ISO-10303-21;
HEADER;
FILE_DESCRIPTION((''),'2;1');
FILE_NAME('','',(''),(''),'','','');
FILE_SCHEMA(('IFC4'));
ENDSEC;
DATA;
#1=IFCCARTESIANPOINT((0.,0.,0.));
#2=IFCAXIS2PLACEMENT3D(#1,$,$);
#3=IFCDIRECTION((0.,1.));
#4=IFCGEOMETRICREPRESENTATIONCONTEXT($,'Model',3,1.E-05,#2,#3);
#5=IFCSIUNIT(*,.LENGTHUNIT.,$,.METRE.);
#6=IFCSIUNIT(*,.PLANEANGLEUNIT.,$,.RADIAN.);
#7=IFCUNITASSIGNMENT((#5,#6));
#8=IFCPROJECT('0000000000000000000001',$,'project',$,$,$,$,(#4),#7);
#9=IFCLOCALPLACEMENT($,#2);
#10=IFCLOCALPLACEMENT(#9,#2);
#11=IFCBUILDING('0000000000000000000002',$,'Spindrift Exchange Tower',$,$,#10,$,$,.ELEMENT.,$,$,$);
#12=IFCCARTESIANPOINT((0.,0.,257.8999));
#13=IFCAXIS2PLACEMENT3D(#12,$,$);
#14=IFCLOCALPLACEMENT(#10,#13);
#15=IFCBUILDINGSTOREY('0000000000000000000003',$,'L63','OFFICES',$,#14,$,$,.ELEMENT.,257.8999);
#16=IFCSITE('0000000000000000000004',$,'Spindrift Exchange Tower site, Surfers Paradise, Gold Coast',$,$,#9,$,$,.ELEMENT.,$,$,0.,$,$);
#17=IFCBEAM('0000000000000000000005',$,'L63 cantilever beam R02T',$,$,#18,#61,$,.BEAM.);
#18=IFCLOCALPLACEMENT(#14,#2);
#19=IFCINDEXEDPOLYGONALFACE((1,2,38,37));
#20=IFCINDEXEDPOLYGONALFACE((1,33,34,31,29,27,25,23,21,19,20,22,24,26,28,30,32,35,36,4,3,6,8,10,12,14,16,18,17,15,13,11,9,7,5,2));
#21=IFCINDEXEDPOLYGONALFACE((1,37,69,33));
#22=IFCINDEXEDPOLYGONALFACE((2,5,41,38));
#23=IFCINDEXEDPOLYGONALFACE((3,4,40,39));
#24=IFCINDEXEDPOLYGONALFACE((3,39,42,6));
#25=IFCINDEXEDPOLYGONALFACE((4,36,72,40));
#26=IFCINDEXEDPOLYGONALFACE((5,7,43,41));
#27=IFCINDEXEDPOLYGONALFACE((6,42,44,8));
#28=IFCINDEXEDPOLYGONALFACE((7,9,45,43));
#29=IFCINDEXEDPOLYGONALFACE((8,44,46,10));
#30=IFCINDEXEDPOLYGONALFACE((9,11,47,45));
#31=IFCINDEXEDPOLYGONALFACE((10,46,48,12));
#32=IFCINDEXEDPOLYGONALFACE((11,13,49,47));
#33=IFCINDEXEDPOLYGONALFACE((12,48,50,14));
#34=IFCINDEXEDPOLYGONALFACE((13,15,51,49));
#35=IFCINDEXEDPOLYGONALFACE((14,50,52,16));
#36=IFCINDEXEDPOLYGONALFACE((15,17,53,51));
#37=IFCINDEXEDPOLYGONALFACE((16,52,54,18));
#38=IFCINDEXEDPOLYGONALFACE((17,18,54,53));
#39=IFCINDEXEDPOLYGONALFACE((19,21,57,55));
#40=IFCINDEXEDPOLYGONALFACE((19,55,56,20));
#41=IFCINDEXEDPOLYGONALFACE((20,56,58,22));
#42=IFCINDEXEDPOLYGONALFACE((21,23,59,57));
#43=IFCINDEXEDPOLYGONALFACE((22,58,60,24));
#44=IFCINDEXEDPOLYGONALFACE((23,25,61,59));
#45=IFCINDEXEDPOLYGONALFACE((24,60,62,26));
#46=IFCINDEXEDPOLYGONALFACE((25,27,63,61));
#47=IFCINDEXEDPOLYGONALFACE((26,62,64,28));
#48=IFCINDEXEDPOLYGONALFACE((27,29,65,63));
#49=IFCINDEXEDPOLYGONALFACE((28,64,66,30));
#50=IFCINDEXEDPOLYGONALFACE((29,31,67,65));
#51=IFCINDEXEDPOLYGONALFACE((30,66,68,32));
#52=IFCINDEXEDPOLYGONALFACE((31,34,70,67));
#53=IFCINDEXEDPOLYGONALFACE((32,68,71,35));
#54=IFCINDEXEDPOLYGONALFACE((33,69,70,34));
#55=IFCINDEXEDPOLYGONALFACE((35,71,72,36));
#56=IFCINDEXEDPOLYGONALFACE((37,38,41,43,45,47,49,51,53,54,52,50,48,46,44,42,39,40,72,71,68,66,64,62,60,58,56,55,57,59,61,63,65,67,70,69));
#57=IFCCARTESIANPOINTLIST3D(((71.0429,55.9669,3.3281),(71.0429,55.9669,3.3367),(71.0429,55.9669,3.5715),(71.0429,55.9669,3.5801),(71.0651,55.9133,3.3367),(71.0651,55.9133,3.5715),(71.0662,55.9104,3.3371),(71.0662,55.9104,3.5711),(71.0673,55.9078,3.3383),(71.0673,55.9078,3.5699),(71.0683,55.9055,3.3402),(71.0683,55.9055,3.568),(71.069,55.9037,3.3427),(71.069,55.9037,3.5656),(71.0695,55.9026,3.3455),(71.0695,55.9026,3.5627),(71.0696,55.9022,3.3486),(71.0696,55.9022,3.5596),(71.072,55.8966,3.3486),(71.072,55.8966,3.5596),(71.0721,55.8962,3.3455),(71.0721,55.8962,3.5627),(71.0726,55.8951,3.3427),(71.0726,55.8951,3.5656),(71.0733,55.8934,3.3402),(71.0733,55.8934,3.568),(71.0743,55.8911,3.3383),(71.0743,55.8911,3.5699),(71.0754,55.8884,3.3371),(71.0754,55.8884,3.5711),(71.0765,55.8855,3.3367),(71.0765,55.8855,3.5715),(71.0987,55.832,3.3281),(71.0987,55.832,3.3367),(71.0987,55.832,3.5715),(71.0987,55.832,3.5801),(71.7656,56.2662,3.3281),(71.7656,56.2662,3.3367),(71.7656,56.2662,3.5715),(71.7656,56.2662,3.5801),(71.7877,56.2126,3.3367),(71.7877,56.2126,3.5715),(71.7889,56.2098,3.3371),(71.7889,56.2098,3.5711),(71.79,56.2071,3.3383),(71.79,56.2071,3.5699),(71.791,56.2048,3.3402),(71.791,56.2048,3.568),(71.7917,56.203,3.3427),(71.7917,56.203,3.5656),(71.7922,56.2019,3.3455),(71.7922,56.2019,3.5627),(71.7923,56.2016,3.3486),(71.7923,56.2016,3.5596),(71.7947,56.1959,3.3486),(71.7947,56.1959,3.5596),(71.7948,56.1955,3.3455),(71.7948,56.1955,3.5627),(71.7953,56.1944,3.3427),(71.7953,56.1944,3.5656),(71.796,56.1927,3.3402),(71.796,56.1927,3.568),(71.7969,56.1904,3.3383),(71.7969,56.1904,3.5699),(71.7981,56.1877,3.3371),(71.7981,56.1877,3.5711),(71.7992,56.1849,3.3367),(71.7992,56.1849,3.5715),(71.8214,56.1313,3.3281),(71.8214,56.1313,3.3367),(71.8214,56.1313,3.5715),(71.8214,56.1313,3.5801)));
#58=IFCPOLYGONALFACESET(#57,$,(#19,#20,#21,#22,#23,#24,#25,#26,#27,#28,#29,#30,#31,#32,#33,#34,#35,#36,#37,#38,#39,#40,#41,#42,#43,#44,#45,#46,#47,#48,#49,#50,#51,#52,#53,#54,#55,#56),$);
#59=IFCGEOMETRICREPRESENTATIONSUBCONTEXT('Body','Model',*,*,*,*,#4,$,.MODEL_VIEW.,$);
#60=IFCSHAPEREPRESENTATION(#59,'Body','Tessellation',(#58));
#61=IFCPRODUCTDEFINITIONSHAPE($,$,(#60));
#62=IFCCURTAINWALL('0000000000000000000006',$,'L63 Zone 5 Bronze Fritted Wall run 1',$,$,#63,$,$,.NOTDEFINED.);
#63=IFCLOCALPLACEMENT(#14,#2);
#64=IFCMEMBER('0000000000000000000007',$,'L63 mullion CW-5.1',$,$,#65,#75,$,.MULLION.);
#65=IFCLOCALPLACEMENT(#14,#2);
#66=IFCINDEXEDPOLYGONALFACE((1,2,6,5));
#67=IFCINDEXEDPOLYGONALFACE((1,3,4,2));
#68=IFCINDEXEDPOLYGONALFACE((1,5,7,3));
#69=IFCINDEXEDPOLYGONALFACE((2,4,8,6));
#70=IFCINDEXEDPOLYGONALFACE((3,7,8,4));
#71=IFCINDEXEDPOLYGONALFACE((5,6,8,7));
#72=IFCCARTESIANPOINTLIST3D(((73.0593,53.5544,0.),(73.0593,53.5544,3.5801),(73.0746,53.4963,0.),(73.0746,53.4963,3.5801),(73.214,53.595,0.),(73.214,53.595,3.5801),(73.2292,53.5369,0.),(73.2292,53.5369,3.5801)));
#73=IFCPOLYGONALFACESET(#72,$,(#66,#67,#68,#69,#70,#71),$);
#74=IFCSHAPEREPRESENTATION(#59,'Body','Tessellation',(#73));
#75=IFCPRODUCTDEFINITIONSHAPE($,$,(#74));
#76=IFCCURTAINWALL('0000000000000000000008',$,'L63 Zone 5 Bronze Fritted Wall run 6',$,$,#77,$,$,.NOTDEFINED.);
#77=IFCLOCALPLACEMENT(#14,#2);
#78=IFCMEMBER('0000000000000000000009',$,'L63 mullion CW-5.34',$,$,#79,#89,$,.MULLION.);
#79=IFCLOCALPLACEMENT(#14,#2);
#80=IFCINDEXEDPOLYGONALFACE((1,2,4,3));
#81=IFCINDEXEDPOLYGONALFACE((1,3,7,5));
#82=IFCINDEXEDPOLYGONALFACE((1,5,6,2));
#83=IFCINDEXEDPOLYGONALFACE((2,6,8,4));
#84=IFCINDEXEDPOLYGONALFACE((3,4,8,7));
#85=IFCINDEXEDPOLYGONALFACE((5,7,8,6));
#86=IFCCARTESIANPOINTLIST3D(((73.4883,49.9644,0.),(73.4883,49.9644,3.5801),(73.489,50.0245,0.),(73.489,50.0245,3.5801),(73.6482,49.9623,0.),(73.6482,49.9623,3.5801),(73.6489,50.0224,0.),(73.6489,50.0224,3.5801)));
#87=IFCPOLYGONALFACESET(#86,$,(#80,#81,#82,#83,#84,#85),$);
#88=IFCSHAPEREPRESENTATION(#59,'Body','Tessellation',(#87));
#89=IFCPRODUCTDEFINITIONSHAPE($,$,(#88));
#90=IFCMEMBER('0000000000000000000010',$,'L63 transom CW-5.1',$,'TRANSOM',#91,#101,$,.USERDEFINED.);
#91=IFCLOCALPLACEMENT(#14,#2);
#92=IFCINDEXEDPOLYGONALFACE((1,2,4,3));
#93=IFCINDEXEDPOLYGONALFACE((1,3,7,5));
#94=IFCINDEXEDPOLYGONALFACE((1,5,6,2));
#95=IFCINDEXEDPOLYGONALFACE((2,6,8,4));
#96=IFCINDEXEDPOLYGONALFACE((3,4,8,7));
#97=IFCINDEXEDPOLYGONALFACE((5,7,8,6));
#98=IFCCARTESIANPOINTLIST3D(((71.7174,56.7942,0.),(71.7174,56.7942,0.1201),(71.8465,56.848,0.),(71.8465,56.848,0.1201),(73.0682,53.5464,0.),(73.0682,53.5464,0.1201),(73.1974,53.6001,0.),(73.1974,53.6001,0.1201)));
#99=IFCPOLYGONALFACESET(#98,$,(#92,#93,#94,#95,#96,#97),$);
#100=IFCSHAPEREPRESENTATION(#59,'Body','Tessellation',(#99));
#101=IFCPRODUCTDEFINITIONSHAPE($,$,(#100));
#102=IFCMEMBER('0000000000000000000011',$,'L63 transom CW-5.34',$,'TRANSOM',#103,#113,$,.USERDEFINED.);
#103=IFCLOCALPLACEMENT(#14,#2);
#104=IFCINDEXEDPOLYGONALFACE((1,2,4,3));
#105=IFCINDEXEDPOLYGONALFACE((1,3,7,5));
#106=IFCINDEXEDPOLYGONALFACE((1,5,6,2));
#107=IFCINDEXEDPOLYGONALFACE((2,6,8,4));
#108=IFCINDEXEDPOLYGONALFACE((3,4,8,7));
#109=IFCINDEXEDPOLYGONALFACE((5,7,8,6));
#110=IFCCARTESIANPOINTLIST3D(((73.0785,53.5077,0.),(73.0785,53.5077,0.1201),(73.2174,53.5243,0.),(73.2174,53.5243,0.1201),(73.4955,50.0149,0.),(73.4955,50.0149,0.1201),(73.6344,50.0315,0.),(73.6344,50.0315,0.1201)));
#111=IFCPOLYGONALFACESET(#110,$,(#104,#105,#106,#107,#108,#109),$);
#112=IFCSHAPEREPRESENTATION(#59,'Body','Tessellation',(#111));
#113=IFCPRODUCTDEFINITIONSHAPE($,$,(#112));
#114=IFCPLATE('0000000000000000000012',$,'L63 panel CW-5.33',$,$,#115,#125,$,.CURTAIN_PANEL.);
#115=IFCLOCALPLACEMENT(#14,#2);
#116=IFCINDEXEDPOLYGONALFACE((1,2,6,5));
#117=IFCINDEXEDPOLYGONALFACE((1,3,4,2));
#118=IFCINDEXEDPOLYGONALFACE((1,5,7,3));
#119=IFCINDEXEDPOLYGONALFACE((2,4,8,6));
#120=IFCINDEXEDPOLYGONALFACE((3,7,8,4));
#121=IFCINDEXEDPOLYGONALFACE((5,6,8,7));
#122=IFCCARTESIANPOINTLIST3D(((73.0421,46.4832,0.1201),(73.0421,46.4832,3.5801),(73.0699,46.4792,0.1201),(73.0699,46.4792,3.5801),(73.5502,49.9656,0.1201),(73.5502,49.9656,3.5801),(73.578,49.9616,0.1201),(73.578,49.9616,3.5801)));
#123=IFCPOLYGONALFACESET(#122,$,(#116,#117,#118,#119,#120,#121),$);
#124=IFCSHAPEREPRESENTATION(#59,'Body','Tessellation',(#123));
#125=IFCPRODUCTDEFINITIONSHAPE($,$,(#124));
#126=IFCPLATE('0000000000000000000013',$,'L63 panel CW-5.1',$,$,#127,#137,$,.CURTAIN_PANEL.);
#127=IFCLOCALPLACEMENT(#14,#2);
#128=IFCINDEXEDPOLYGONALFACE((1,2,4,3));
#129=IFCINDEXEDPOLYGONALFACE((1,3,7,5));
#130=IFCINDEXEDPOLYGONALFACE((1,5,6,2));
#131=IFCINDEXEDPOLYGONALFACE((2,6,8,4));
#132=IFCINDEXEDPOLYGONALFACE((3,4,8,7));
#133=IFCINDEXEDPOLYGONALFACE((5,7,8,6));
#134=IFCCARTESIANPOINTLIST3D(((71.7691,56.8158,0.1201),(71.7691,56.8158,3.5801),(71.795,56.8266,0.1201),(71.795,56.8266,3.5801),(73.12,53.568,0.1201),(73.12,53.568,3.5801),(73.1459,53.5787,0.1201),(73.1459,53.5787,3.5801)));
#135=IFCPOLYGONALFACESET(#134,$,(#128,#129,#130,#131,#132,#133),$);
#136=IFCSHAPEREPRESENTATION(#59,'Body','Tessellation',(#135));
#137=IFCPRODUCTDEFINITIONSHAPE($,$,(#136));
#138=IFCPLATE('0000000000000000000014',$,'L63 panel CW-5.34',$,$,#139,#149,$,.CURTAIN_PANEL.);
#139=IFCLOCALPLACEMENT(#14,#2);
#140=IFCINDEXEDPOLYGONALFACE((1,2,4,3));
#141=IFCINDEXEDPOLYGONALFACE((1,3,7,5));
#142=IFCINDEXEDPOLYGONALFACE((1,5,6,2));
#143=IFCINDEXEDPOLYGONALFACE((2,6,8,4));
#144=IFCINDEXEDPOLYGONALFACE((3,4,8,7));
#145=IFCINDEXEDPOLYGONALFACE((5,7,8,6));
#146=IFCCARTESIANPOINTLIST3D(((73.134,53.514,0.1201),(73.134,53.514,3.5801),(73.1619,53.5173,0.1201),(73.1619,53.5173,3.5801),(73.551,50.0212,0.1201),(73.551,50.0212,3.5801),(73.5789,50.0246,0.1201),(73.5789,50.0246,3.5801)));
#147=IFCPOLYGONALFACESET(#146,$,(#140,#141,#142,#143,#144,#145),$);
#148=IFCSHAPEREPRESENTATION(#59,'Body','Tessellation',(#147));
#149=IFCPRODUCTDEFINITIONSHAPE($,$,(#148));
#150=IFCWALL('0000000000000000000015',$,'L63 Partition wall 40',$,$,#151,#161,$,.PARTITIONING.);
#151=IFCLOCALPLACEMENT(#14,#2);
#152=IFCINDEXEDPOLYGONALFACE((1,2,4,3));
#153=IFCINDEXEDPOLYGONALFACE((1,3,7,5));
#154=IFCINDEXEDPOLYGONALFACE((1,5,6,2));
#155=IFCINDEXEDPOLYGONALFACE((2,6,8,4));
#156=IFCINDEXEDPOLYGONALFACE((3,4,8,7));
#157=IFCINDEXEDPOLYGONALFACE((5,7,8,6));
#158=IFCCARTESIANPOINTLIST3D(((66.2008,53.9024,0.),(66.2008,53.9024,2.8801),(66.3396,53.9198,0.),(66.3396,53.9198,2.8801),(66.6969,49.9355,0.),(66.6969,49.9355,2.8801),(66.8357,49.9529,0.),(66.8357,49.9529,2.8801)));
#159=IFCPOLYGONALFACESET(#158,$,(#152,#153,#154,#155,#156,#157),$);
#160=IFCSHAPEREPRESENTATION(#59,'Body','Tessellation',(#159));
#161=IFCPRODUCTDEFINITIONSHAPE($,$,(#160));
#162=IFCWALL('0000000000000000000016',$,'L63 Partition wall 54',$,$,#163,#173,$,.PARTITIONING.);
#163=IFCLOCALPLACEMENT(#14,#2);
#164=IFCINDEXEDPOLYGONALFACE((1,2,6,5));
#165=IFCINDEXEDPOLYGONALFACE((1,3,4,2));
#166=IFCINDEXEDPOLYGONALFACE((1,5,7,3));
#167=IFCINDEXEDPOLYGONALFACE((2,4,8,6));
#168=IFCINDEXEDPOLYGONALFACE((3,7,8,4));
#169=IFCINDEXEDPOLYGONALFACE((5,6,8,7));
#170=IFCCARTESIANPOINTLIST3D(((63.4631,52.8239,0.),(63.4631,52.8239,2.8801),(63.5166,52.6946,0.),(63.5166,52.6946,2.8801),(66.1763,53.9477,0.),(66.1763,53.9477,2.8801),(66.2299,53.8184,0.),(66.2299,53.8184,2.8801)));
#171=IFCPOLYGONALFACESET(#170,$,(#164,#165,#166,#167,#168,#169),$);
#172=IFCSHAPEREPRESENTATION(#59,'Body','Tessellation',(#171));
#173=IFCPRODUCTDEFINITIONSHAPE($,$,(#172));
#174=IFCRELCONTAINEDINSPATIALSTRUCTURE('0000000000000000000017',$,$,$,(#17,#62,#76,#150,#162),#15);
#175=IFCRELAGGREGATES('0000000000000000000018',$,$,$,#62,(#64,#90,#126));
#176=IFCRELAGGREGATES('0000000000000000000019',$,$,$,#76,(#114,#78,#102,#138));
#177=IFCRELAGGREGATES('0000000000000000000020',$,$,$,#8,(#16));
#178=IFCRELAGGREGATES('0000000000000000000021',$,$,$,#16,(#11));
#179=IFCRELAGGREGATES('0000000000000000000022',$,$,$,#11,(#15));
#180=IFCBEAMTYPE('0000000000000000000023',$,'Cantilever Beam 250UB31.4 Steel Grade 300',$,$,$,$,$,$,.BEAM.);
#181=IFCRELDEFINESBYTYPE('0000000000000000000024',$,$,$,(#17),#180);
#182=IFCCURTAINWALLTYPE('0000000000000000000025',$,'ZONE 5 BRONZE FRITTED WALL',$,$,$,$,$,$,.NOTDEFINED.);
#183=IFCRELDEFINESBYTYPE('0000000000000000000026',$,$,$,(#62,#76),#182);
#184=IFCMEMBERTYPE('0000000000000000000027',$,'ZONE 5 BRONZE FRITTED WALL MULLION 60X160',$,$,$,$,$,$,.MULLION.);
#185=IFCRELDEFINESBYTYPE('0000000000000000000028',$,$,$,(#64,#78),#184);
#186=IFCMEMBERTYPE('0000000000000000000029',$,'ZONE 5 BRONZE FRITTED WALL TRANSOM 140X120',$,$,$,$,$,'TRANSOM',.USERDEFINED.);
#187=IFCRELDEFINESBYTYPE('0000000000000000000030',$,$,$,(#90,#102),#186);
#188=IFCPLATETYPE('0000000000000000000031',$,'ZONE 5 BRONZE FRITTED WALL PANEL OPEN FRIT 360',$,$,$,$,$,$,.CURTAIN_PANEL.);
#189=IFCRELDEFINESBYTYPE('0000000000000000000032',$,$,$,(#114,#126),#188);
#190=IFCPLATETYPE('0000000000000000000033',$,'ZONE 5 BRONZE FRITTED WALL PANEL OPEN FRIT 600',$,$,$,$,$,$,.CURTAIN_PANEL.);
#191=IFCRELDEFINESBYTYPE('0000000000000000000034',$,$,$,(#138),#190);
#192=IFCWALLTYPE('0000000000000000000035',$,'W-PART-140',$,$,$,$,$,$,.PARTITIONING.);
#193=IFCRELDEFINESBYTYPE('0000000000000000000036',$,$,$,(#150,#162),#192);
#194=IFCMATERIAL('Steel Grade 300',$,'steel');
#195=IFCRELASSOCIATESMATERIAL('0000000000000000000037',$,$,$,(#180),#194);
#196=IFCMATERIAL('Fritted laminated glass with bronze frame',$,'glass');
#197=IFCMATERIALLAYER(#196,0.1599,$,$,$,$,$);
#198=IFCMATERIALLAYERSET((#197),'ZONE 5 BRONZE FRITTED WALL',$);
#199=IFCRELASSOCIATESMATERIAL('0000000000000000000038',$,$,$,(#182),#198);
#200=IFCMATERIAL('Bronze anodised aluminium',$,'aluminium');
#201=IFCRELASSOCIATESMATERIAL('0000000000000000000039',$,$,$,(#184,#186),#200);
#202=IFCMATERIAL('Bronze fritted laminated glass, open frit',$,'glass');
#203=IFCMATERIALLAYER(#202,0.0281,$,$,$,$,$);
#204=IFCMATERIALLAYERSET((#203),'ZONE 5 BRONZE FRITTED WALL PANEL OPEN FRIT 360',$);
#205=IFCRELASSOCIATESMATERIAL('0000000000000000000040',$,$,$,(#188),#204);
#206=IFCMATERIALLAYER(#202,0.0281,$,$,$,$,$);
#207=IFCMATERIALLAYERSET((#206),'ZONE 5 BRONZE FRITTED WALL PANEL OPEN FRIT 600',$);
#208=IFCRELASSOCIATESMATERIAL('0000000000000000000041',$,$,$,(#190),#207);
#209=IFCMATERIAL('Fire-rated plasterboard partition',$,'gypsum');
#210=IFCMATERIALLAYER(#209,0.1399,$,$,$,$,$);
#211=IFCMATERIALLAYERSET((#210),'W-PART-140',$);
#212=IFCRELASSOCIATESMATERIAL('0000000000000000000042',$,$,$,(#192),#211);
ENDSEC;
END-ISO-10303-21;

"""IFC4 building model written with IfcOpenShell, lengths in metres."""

from ifc_helpers import new_model, si_unit, direction, frame, frame_2d, origin, origin_2d, place, context, subcontext, project, spatial, rectangle, i_section, extrude, source, transform, mapped, material, layer, layer_set, material_profile, profile_set, type_object, element, aggregate, save


model = new_model("IFC4")

# Units and contexts
model_context = context("Model", 3, precision=1e-05, world=origin(), true_north=direction((0.0, 1.0)))
body_context = subcontext(model_context, "Body", "Model", "MODEL_VIEW")
ifc_project = project(units=[si_unit("LENGTHUNIT", "METRE"), si_unit("PLANEANGLEUNIT", "RADIAN")], contexts=[model_context])

# Site, building, storey
site_placement = place(None, origin())
site = spatial("IfcSite", under=ifc_project, at=site_placement, Name="Spindrift Exchange Tower site, Surfers Paradise, Gold Coast", CompositionType="ELEMENT", RefElevation=0.0)
building_placement = place(site_placement, origin())
building = spatial("IfcBuilding", under=site, at=building_placement, Name="Spindrift Exchange Tower", CompositionType="ELEMENT")
storey_placement = place(building_placement, frame((0.0, 0.0, 257.8999)))
storey = spatial("IfcBuildingStorey", under=building, at=storey_placement, Name="L63", Description="OFFICES", CompositionType="ELEMENT", Elevation=257.8999)

# Beam
ifc_material_1 = material(Name="Steel Grade 300", Category="steel")
ifc_material_profile_1 = material_profile(ifc_material_1, i_section(OverallWidth=0.146, OverallDepth=0.252, WebThickness=0.0061, FlangeThickness=0.0085, FilletRadius=0.012, at=origin_2d()), Name="250UB31.4")
ifc_profile_set_1 = profile_set([ifc_material_profile_1], Name="Steel Grade 300")
beam_type_1 = type_object("IfcBeamType", Name="Cantilever Beam 250UB31.4 Steel Grade 300", PredefinedType="BEAM", material=ifc_profile_set_1)
shared_shape_1 = source(origin(), body_context, "Body", "SweptSolid", [
    extrude(i_section(OverallWidth=0.146, OverallDepth=0.252, WebThickness=0.0061, FlangeThickness=0.0085, FilletRadius=0.012, at=origin_2d()), origin(), (0.0, 0.0, 1.0), 0.7822),
])
beam_1_placement = place(storey_placement, frame((71.0708, 55.8994, 3.4541), z_axis=(0.923887, 0.382664, 0.0), x_axis=(-0.382664, 0.923887, 0.0)))
element("IfcBeam", 1, at=beam_1_placement, inside=storey, type_object=beam_type_1, Name="L63 cantilever beam R02T", PredefinedType="BEAM", context=body_context, shape_type="MappedRepresentation", body=[
    mapped(shared_shape_1, transform((0.0, 0.0, 0.0), scale=1.0)),
])

# Curtain walls, members
ifc_material_2 = material(Name="Fritted laminated glass with bronze frame", Category="glass")
ifc_layer_1 = layer(ifc_material_2, 0.1599)
ifc_layer_set_1 = layer_set([ifc_layer_1], Name="ZONE 5 BRONZE FRITTED WALL")
curtain_wall_type = type_object("IfcCurtainWallType", Name="ZONE 5 BRONZE FRITTED WALL", PredefinedType="NOTDEFINED", material=ifc_layer_set_1)
curtain_wall_1_placement = place(storey_placement, origin())
curtain_wall_1 = element("IfcCurtainWall", 2, at=curtain_wall_1_placement, inside=storey, type_object=curtain_wall_type, Name="L63 Zone 5 Bronze Fritted Wall run 1", PredefinedType="NOTDEFINED")
ifc_material_3 = material(Name="Bronze anodised aluminium", Category="aluminium")
ifc_material_profile_2 = material_profile(ifc_material_3, rectangle(XDim=0.0601, YDim=0.1599, at=origin_2d()), Name="ZONE 5 BRONZE FRITTED WALL MULLION 60X160")
ifc_profile_set_2 = profile_set([ifc_material_profile_2], Name="Bronze anodised aluminium")
member_type_1 = type_object("IfcMemberType", Name="ZONE 5 BRONZE FRITTED WALL MULLION 60X160", PredefinedType="MULLION", material=ifc_profile_set_2)
shared_shape_2 = source(origin(), body_context, "Body", "SweptSolid", [
    extrude(rectangle(XDim=0.0601, YDim=0.1599, at=origin_2d()), origin(), (0.0, 0.0, 1.0), 3.5801),
])
member_1_placement = place(storey_placement, frame((73.1443, 53.5457, 0.0), z_axis=(0.0, 0.0, 1.0), x_axis=(-0.253691, 0.967285, 0.0)))
member_1 = element("IfcMember", 3, at=member_1_placement, type_object=member_type_1, Name="L63 mullion CW-5.1", PredefinedType="MULLION", context=body_context, shape_type="MappedRepresentation", body=[
    mapped(shared_shape_2, transform((0.0, 0.0, 0.0), scale=1.0)),
])
curtain_wall_2_placement = place(storey_placement, origin())
curtain_wall_2 = element("IfcCurtainWall", 4, at=curtain_wall_2_placement, inside=storey, type_object=curtain_wall_type, Name="L63 Zone 5 Bronze Fritted Wall run 6", PredefinedType="NOTDEFINED")
member_2_placement = place(storey_placement, frame((73.5686, 49.9934, 0.0), z_axis=(0.0, 0.0, 1.0), x_axis=(0.013033, 0.999915, 0.0)))
member_2 = element("IfcMember", 5, at=member_2_placement, type_object=member_type_1, Name="L63 mullion CW-5.34", PredefinedType="MULLION", context=body_context, shape_type="MappedRepresentation", body=[
    mapped(shared_shape_2, transform((0.0, 0.0, 0.0), scale=1.0)),
])

# Members
ifc_material_profile_3 = material_profile(ifc_material_3, rectangle(XDim=0.1399, YDim=0.1201, at=origin_2d()), Name="ZONE 5 BRONZE FRITTED WALL TRANSOM 140X120")
ifc_profile_set_3 = profile_set([ifc_material_profile_3], Name="Bronze anodised aluminium")
member_type_2 = type_object("IfcMemberType", Name="ZONE 5 BRONZE FRITTED WALL TRANSOM 140X120", ElementType="TRANSOM", PredefinedType="USERDEFINED", material=ifc_profile_set_3)
shared_shape_3 = source(origin(), body_context, "Body", "SweptSolid", [
    extrude(rectangle(XDim=0.1399, YDim=0.1201, at=origin_2d()), origin(), (0.0, 0.0, 1.0), 3.5176),
])
member_3_placement = place(storey_placement, frame((73.1328, 53.5732, 0.0601), z_axis=(-0.384029, 0.923321, 0.0), x_axis=(-0.923321, -0.384029, 0.0)))
member_3 = element("IfcMember", 6, at=member_3_placement, type_object=member_type_2, Name="L63 transom CW-5.1", ObjectType="TRANSOM", PredefinedType="USERDEFINED", context=body_context, shape_type="MappedRepresentation", body=[
    mapped(shared_shape_3, transform((0.0, 0.0, 0.0), scale=1.0)),
])
member_4_placement = place(storey_placement, frame((73.5649, 50.0232, 0.0601), z_axis=(-0.118549, 0.992948, 0.0), x_axis=(-0.992948, -0.118549, 0.0)))
member_4 = element("IfcMember", 7, at=member_4_placement, type_object=member_type_2, Name="L63 transom CW-5.34", ObjectType="TRANSOM", PredefinedType="USERDEFINED", context=body_context, shape_type="MappedRepresentation", body=[
    mapped(shared_shape_3, transform((0.0, 0.0, 0.0), scale=1.0)),
])

# Plates
ifc_material_4 = material(Name="Bronze fritted laminated glass, open frit", Category="glass")
ifc_layer_2 = layer(ifc_material_4, 0.0281)
ifc_layer_set_2 = layer_set([ifc_layer_2], Name="ZONE 5 BRONZE FRITTED WALL PANEL OPEN FRIT 360")
plate_type_1 = type_object("IfcPlateType", Name="ZONE 5 BRONZE FRITTED WALL PANEL OPEN FRIT 360", PredefinedType="CURTAIN_PANEL", material=ifc_layer_set_2)
shared_shape_4 = source(origin(), body_context, "Body", "SweptSolid", [
    extrude(rectangle(XDim=3.5193, YDim=0.0281, at=origin_2d()), origin(), (0.0, 0.0, 1.0), 3.46),
])
plate_1_placement = place(storey_placement, frame((73.3101, 48.2224, 0.1201), z_axis=(0.0, 0.0, 1.0), x_axis=(0.144386, 0.989522, 0.0)))
plate_1 = element("IfcPlate", 8, at=plate_1_placement, type_object=plate_type_1, Name="L63 panel CW-5.33", PredefinedType="CURTAIN_PANEL", context=body_context, shape_type="MappedRepresentation", body=[
    mapped(shared_shape_4, transform((0.0, 0.0, 0.0), scale=1.0)),
])
shared_shape_5 = source(origin(), body_context, "Body", "SweptSolid", [
    extrude(rectangle(XDim=3.5176, YDim=0.0281, at=origin_2d()), origin(), (0.0, 0.0, 1.0), 3.46),
])
plate_2_placement = place(storey_placement, frame((72.4575, 55.1973, 0.1201), z_axis=(0.0, 0.0, 1.0), x_axis=(-0.384036, 0.923318, 0.0)))
plate_2 = element("IfcPlate", 9, at=plate_2_placement, type_object=plate_type_1, Name="L63 panel CW-5.1", PredefinedType="CURTAIN_PANEL", context=body_context, shape_type="MappedRepresentation", body=[
    mapped(shared_shape_5, transform((0.0, 0.0, 0.0), scale=1.0)),
])
aggregate(curtain_wall_1, [member_1, member_3, plate_2])
ifc_layer_3 = layer(ifc_material_4, 0.0281)
ifc_layer_set_3 = layer_set([ifc_layer_3], Name="ZONE 5 BRONZE FRITTED WALL PANEL OPEN FRIT 600")
plate_type_2 = type_object("IfcPlateType", Name="ZONE 5 BRONZE FRITTED WALL PANEL OPEN FRIT 600", PredefinedType="CURTAIN_PANEL", material=ifc_layer_set_3)
shared_shape_6 = source(origin(), body_context, "Body", "SweptSolid", [
    extrude(rectangle(XDim=3.5176, YDim=0.0281, at=origin_2d()), origin(), (0.0, 0.0, 1.0), 3.46),
])
plate_3_placement = place(storey_placement, frame((73.3564, 51.7693, 0.1201), z_axis=(0.0, 0.0, 1.0), x_axis=(-0.118546, 0.992949, 0.0)))
plate_3 = element("IfcPlate", 10, at=plate_3_placement, type_object=plate_type_2, Name="L63 panel CW-5.34", PredefinedType="CURTAIN_PANEL", context=body_context, shape_type="MappedRepresentation", body=[
    mapped(shared_shape_6, transform((0.0, 0.0, 0.0), scale=1.0)),
])
aggregate(curtain_wall_2, [plate_1, member_2, member_4, plate_3])

# Walls
ifc_material_5 = material(Name="Fire-rated plasterboard partition", Category="gypsum")
ifc_layer_4 = layer(ifc_material_5, 0.1399)
ifc_layer_set_4 = layer_set([ifc_layer_4], Name="W-PART-140")
wall_type_1 = type_object("IfcWallType", Name="W-PART-140", PredefinedType="PARTITIONING", material=ifc_layer_set_4)
wall_1_placement = place(storey_placement, frame((66.7664, 49.9441, 0.0), z_axis=(0.0, 0.0, 1.0), x_axis=(-0.124095, 0.99227, 0.0)))
element("IfcWall", 11, at=wall_1_placement, inside=storey, type_object=wall_type_1, Name="L63 Partition wall 40", PredefinedType="PARTITIONING", context=body_context, shape_type="SweptSolid", body=[
    extrude(rectangle(XDim=3.9978, YDim=0.1399, at=frame_2d((1.999, 0.0))), origin(), (0.0, 0.0, 1.0), 2.8801),
])
wall_2_placement = place(storey_placement, frame((63.49, 52.7593, 0.0), z_axis=(0.0, 0.0, 1.0), x_axis=(0.923884, 0.382672, 0.0)))
element("IfcWall", 12, at=wall_2_placement, inside=storey, type_object=wall_type_1, Name="L63 Partition wall 54", PredefinedType="PARTITIONING", context=body_context, shape_type="SweptSolid", body=[
    extrude(rectangle(XDim=2.9368, YDim=0.1399, at=frame_2d((1.4683, 0.0))), origin(), (0.0, 0.0, 1.0), 2.8801),
])

save(model, "model.ifc")
